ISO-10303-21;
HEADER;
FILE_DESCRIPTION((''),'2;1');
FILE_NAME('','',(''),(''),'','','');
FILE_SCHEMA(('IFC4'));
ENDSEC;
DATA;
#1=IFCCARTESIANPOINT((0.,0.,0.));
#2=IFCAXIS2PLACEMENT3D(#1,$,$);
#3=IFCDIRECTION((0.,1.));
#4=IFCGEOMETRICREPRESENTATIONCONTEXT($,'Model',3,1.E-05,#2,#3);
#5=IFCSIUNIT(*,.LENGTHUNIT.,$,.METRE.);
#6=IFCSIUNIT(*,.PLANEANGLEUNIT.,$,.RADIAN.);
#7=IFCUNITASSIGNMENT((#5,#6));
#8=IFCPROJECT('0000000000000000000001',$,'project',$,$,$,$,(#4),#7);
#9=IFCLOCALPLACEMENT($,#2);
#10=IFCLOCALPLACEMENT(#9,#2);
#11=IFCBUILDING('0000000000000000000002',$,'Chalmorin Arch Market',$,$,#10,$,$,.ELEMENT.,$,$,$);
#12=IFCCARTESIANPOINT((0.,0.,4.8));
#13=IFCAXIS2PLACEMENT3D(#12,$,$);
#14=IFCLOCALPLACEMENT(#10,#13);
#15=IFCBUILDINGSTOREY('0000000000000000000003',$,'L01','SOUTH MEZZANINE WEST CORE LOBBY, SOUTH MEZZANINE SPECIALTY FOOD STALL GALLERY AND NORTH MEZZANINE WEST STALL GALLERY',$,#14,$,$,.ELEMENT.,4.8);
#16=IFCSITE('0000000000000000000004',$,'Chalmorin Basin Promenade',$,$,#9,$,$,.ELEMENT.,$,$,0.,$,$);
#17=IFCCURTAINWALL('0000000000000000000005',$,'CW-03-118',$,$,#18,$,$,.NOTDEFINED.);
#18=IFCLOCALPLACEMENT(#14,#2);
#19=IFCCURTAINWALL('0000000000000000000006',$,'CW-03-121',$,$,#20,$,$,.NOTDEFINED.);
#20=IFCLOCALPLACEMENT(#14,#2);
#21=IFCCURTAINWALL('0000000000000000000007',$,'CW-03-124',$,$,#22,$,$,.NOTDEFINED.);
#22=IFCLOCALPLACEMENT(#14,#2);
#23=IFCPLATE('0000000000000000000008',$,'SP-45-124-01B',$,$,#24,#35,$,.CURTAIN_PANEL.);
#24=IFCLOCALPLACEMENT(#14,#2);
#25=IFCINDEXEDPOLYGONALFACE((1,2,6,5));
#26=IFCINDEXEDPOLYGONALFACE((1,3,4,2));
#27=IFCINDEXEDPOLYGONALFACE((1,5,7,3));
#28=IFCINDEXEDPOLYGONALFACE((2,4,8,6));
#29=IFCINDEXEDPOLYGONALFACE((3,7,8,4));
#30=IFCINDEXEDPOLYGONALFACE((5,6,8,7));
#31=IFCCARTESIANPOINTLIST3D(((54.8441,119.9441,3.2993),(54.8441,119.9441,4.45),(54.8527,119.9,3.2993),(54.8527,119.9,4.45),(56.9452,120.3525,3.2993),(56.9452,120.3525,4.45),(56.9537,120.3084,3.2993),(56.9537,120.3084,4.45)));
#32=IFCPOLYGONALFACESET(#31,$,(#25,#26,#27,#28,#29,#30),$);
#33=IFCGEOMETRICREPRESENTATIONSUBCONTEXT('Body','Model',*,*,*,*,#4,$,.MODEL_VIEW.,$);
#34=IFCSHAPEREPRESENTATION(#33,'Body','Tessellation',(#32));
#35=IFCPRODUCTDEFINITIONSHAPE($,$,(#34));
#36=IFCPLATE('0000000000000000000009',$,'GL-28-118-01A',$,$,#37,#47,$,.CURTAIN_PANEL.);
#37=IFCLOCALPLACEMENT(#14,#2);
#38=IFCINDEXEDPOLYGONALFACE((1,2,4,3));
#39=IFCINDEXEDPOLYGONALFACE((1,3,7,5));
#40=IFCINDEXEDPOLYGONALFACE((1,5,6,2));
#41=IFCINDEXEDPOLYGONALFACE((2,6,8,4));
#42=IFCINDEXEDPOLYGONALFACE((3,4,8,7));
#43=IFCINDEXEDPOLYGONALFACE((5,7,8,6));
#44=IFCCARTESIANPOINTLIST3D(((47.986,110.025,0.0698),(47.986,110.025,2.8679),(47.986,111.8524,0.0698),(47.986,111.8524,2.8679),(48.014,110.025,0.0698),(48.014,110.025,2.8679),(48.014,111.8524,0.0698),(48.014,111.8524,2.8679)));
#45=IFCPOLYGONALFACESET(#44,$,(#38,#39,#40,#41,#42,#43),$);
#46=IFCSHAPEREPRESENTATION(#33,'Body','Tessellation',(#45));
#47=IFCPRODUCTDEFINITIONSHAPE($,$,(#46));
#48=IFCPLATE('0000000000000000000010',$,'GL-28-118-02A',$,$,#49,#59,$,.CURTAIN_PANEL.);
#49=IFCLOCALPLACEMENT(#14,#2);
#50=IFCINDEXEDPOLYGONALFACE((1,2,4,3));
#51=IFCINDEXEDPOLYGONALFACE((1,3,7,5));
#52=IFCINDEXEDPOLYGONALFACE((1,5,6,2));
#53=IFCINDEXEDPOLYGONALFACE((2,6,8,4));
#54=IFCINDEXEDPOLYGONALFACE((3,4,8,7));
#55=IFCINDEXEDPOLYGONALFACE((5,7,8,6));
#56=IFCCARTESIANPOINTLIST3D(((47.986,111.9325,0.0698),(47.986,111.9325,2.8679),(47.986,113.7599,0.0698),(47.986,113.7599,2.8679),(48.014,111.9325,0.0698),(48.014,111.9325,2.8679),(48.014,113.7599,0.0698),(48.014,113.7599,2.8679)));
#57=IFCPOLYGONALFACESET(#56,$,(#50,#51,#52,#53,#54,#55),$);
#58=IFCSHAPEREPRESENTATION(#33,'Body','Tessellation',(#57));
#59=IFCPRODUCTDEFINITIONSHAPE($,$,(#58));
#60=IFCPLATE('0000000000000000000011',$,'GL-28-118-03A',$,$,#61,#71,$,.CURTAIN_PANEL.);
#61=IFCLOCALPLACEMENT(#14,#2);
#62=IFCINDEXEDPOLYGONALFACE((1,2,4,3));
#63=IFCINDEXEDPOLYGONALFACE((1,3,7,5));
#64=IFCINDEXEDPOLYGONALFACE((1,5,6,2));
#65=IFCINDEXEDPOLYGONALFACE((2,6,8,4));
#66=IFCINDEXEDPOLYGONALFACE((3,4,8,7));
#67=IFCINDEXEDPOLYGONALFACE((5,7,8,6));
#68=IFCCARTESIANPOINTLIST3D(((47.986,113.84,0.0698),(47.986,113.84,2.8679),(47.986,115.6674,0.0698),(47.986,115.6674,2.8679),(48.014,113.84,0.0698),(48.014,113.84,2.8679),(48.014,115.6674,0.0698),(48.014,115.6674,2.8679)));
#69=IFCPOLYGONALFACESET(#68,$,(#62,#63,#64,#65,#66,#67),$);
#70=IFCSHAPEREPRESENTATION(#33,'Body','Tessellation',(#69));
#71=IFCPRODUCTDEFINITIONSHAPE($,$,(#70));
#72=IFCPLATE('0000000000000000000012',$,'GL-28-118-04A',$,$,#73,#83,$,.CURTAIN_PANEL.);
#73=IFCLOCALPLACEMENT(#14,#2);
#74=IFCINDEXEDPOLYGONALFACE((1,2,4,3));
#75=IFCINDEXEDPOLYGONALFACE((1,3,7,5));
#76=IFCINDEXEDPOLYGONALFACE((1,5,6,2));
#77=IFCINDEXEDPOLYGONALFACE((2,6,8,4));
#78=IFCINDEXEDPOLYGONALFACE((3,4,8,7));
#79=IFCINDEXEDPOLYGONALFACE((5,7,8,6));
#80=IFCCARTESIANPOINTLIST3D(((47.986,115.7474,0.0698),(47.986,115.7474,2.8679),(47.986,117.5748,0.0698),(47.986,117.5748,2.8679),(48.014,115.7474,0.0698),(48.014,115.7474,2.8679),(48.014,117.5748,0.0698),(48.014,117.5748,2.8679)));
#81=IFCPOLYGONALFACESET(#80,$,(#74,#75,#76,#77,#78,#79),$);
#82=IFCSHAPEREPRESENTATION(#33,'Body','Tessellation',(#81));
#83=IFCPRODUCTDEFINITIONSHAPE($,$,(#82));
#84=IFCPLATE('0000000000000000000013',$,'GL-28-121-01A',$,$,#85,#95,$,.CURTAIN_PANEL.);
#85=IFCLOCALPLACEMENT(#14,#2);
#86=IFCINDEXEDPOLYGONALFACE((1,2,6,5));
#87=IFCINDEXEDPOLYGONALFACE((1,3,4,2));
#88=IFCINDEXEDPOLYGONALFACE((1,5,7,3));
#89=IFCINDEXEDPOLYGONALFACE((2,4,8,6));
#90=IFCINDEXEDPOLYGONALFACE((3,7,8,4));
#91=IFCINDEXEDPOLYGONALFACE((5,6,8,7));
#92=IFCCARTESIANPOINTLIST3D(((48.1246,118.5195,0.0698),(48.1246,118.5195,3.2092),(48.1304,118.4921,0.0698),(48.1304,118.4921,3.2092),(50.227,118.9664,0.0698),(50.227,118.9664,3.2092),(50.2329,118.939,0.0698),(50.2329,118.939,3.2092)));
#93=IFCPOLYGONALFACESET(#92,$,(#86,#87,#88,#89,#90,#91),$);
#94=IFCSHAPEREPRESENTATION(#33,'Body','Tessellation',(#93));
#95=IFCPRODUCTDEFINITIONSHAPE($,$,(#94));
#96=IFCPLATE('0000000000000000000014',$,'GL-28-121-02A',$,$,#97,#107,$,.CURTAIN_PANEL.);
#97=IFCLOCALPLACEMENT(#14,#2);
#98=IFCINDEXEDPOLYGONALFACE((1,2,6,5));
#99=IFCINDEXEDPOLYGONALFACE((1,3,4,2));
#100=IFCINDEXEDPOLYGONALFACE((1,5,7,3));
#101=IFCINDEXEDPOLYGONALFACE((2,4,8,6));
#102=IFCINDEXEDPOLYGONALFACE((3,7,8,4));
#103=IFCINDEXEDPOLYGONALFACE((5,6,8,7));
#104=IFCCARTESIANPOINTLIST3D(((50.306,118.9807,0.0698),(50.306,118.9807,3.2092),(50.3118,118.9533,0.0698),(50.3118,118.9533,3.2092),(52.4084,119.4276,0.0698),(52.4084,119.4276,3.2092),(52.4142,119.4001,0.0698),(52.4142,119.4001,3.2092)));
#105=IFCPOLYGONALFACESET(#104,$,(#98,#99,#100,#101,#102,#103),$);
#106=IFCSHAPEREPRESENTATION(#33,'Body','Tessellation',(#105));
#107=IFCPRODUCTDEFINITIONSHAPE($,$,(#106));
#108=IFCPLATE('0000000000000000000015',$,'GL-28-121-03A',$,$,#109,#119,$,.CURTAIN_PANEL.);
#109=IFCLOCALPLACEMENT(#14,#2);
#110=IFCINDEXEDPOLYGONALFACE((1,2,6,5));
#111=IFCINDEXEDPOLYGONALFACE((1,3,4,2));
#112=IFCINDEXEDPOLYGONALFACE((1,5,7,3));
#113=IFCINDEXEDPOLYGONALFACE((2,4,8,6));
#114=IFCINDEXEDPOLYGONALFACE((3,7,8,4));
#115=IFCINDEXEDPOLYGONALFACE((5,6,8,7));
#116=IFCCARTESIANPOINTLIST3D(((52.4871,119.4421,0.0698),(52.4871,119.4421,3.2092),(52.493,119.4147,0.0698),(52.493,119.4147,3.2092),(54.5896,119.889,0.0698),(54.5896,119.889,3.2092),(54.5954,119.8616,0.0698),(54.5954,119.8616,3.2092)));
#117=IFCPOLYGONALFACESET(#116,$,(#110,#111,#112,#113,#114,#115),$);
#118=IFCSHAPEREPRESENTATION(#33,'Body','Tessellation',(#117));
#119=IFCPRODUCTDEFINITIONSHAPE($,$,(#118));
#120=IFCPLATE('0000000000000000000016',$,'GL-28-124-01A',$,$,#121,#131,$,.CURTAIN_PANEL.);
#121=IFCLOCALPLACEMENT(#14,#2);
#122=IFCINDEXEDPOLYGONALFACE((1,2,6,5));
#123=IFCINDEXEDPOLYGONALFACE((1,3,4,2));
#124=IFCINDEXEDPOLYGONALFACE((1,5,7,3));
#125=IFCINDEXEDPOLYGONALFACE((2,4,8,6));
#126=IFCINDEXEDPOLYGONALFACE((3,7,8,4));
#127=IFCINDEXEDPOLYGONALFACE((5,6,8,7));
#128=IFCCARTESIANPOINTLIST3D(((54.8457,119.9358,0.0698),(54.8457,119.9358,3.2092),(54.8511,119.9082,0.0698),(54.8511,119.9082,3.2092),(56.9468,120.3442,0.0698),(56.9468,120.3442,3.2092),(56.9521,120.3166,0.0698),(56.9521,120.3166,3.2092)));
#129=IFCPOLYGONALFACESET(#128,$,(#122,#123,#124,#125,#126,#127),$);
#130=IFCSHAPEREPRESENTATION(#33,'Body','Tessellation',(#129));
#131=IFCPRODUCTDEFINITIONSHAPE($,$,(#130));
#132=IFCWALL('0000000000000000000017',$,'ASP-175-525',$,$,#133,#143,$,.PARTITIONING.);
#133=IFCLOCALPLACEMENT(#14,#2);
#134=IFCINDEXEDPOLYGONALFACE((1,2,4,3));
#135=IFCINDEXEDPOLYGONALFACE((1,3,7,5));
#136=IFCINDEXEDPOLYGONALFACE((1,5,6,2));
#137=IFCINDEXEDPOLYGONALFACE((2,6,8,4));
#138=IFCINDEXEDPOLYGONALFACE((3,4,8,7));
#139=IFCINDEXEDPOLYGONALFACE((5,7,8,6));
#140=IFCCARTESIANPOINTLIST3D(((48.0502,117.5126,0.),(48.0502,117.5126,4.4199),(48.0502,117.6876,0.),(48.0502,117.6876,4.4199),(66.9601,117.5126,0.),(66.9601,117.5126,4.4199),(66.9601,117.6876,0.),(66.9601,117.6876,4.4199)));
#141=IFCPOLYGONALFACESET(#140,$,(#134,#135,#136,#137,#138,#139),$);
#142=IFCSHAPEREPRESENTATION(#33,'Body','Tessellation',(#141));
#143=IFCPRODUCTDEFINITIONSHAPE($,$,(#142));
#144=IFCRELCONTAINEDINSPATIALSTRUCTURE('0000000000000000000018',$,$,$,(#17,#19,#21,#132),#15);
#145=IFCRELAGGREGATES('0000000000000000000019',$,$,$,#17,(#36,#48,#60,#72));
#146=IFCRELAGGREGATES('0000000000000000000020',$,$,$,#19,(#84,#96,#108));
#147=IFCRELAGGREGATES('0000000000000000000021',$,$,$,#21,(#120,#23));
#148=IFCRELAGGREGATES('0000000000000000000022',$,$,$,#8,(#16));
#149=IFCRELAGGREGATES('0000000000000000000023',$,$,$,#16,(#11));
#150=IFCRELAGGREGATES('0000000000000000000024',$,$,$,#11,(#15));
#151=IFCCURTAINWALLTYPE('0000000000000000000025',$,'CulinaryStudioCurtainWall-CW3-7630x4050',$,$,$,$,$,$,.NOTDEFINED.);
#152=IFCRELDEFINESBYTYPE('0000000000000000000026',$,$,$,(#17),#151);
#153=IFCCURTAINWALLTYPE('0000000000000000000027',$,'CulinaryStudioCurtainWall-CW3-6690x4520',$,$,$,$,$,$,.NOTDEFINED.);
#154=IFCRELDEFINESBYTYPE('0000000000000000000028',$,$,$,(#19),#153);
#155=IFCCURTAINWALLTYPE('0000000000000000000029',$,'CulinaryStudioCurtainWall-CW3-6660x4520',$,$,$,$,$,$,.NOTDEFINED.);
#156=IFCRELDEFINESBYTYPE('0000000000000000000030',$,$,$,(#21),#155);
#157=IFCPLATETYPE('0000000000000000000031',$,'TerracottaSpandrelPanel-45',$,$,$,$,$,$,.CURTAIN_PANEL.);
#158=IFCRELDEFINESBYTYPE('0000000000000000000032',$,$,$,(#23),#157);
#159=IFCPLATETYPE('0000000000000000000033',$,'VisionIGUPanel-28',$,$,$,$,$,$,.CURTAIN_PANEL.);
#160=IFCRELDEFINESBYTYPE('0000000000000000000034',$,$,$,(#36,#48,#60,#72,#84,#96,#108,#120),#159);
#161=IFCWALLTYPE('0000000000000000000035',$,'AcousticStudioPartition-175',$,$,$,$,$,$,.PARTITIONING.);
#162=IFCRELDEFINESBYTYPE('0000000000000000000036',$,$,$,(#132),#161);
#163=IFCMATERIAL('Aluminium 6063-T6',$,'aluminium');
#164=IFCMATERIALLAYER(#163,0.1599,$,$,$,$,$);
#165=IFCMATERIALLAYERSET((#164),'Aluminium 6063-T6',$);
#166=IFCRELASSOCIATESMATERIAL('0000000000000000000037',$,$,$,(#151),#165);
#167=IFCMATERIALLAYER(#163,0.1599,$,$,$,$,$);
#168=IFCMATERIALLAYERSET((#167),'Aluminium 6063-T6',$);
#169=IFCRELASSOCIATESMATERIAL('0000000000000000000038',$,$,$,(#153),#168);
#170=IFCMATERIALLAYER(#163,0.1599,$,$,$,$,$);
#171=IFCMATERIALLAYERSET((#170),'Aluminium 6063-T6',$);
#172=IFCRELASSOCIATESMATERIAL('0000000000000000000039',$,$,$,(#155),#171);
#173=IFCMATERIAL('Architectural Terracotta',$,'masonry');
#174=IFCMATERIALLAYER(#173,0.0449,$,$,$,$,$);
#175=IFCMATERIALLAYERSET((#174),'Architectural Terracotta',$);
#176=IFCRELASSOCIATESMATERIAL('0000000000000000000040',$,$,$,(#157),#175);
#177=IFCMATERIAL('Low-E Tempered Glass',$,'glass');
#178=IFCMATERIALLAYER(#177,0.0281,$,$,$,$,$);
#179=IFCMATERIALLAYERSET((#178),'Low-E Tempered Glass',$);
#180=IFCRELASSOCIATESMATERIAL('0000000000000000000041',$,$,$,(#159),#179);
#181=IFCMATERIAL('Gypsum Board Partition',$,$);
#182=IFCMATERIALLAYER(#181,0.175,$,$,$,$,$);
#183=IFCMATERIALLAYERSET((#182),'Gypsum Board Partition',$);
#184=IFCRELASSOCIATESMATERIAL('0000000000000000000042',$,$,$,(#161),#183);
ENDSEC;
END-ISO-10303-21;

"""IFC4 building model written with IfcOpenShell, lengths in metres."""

from ifc_helpers import new_model, si_unit, direction, frame, frame_2d, origin, origin_2d, place, context, subcontext, project, spatial, rectangle, extrude, material, layer, layer_set, type_object, element, aggregate, save


model = new_model("IFC4")

# Units and contexts
model_context = context("Model", 3, precision=1e-05, world=origin(), true_north=direction((0.0, 1.0)))
body_context = subcontext(model_context, "Body", "Model", "MODEL_VIEW")
ifc_project = project(units=[si_unit("LENGTHUNIT", "METRE"), si_unit("PLANEANGLEUNIT", "RADIAN")], contexts=[model_context])

# Site, building, storey
site_placement = place(None, origin())
site = spatial("IfcSite", under=ifc_project, at=site_placement, Name="Chalmorin Basin Promenade", CompositionType="ELEMENT", RefElevation=0.0)
building_placement = place(site_placement, origin())
building = spatial("IfcBuilding", under=site, at=building_placement, Name="Chalmorin Arch Market", CompositionType="ELEMENT")
storey_placement = place(building_placement, frame((0.0, 0.0, 4.8)))
storey = spatial("IfcBuildingStorey", under=building, at=storey_placement, Name="L01", Description="SOUTH MEZZANINE WEST CORE LOBBY, SOUTH MEZZANINE SPECIALTY FOOD STALL GALLERY AND NORTH MEZZANINE WEST STALL GALLERY", CompositionType="ELEMENT", Elevation=4.8)

# Curtain walls
ifc_material_1 = material(Name="Aluminium 6063-T6", Category="aluminium")
ifc_layer_1 = layer(ifc_material_1, 0.1599)
ifc_layer_set_1 = layer_set([ifc_layer_1], Name="Aluminium 6063-T6")
curtain_wall_type_1 = type_object("IfcCurtainWallType", Name="CulinaryStudioCurtainWall-CW3-7630x4050", PredefinedType="NOTDEFINED", material=ifc_layer_set_1)
curtain_wall_1_placement = place(storey_placement, origin())
curtain_wall_1 = element("IfcCurtainWall", 1, at=curtain_wall_1_placement, inside=storey, type_object=curtain_wall_type_1, Name="CW-03-118", PredefinedType="NOTDEFINED")
ifc_layer_2 = layer(ifc_material_1, 0.1599)
ifc_layer_set_2 = layer_set([ifc_layer_2], Name="Aluminium 6063-T6")
curtain_wall_type_2 = type_object("IfcCurtainWallType", Name="CulinaryStudioCurtainWall-CW3-6690x4520", PredefinedType="NOTDEFINED", material=ifc_layer_set_2)
curtain_wall_2_placement = place(storey_placement, origin())
curtain_wall_2 = element("IfcCurtainWall", 2, at=curtain_wall_2_placement, inside=storey, type_object=curtain_wall_type_2, Name="CW-03-121", PredefinedType="NOTDEFINED")

# Curtain wall
ifc_layer_3 = layer(ifc_material_1, 0.1599)
ifc_layer_set_3 = layer_set([ifc_layer_3], Name="Aluminium 6063-T6")
curtain_wall_type_3 = type_object("IfcCurtainWallType", Name="CulinaryStudioCurtainWall-CW3-6660x4520", PredefinedType="NOTDEFINED", material=ifc_layer_set_3)
curtain_wall_3_placement = place(storey_placement, origin())
curtain_wall_3 = element("IfcCurtainWall", 3, at=curtain_wall_3_placement, inside=storey, type_object=curtain_wall_type_3, Name="CW-03-124", PredefinedType="NOTDEFINED")

# Plates
ifc_material_2 = material(Name="Architectural Terracotta", Category="masonry")
ifc_layer_4 = layer(ifc_material_2, 0.0449)
ifc_layer_set_4 = layer_set([ifc_layer_4], Name="Architectural Terracotta")
plate_type_1 = type_object("IfcPlateType", Name="TerracottaSpandrelPanel-45", PredefinedType="CURTAIN_PANEL", material=ifc_layer_set_4)
plate_1_placement = place(storey_placement, frame((55.8989, 120.1262, 3.2993), z_axis=(0.0, 0.0, 1.0), x_axis=(0.981627, 0.190809, 0.0)))
plate_1 = element("IfcPlate", 4, at=plate_1_placement, type_object=plate_type_1, Name="SP-45-124-01B", PredefinedType="CURTAIN_PANEL", context=body_context, shape_type="SweptSolid", body=[
    extrude(rectangle(XDim=2.1404, YDim=0.0449, at=origin_2d()), origin(), (0.0, 0.0, 1.0), 1.1506),
])
ifc_material_3 = material(Name="Low-E Tempered Glass", Category="glass")
ifc_layer_5 = layer(ifc_material_3, 0.0281)
ifc_layer_set_5 = layer_set([ifc_layer_5], Name="Low-E Tempered Glass")
plate_type_2 = type_object("IfcPlateType", Name="VisionIGUPanel-28", PredefinedType="CURTAIN_PANEL", material=ifc_layer_set_5)
plate_2_placement = place(storey_placement, frame((48.0, 110.9387, 0.0698), z_axis=(0.0, 0.0, 1.0), x_axis=(0.0, 1.0, 0.0)))
plate_2 = element("IfcPlate", 5, at=plate_2_placement, type_object=plate_type_2, Name="GL-28-118-01A", PredefinedType="CURTAIN_PANEL", context=body_context, shape_type="SweptSolid", body=[
    extrude(rectangle(XDim=1.8274, YDim=0.0281, at=origin_2d()), origin(), (0.0, 0.0, 1.0), 2.7981),
])
plate_3_placement = place(storey_placement, frame((48.0, 112.8462, 0.0698), z_axis=(0.0, 0.0, 1.0), x_axis=(0.0, 1.0, 0.0)))
plate_3 = element("IfcPlate", 6, at=plate_3_placement, type_object=plate_type_2, Name="GL-28-118-02A", PredefinedType="CURTAIN_PANEL", context=body_context, shape_type="SweptSolid", body=[
    extrude(rectangle(XDim=1.8274, YDim=0.0281, at=origin_2d()), origin(), (0.0, 0.0, 1.0), 2.7981),
])
plate_4_placement = place(storey_placement, frame((48.0, 114.7537, 0.0698), z_axis=(0.0, 0.0, 1.0), x_axis=(0.0, 1.0, 0.0)))
plate_4 = element("IfcPlate", 7, at=plate_4_placement, type_object=plate_type_2, Name="GL-28-118-03A", PredefinedType="CURTAIN_PANEL", context=body_context, shape_type="SweptSolid", body=[
    extrude(rectangle(XDim=1.8274, YDim=0.0281, at=origin_2d()), origin(), (0.0, 0.0, 1.0), 2.7981),
])
plate_5_placement = place(storey_placement, frame((48.0, 116.6611, 0.0698), z_axis=(0.0, 0.0, 1.0), x_axis=(0.0, 1.0, 0.0)))
plate_5 = element("IfcPlate", 8, at=plate_5_placement, type_object=plate_type_2, Name="GL-28-118-04A", PredefinedType="CURTAIN_PANEL", context=body_context, shape_type="SweptSolid", body=[
    extrude(rectangle(XDim=1.8274, YDim=0.0281, at=origin_2d()), origin(), (0.0, 0.0, 1.0), 2.7981),
])
aggregate(curtain_wall_1, [plate_2, plate_3, plate_4, plate_5])
plate_6_placement = place(storey_placement, frame((49.1787, 118.7292, 0.0698), z_axis=(0.0, 0.0, 1.0), x_axis=(0.978148, 0.207912, 0.0)))
plate_6 = element("IfcPlate", 9, at=plate_6_placement, type_object=plate_type_2, Name="GL-28-121-01A", PredefinedType="CURTAIN_PANEL", context=body_context, shape_type="SweptSolid", body=[
    extrude(rectangle(XDim=2.1494, YDim=0.0281, at=origin_2d()), origin(), (0.0, 0.0, 1.0), 3.1394),
])
plate_7_placement = place(storey_placement, frame((51.3601, 119.1904, 0.0698), z_axis=(0.0, 0.0, 1.0), x_axis=(0.978148, 0.207912, 0.0)))
plate_7 = element("IfcPlate", 10, at=plate_7_placement, type_object=plate_type_2, Name="GL-28-121-02A", PredefinedType="CURTAIN_PANEL", context=body_context, shape_type="SweptSolid", body=[
    extrude(rectangle(XDim=2.1494, YDim=0.0281, at=origin_2d()), origin(), (0.0, 0.0, 1.0), 3.1394),
])
plate_8_placement = place(storey_placement, frame((53.5413, 119.6519, 0.0698), z_axis=(0.0, 0.0, 1.0), x_axis=(0.978148, 0.207912, 0.0)))
plate_8 = element("IfcPlate", 11, at=plate_8_placement, type_object=plate_type_2, Name="GL-28-121-03A", PredefinedType="CURTAIN_PANEL", context=body_context, shape_type="SweptSolid", body=[
    extrude(rectangle(XDim=2.1494, YDim=0.0281, at=origin_2d()), origin(), (0.0, 0.0, 1.0), 3.1394),
])
aggregate(curtain_wall_2, [plate_6, plate_7, plate_8])
plate_9_placement = place(storey_placement, frame((55.8989, 120.1262, 0.0698), z_axis=(0.0, 0.0, 1.0), x_axis=(0.981627, 0.190809, 0.0)))
plate_9 = element("IfcPlate", 12, at=plate_9_placement, type_object=plate_type_2, Name="GL-28-124-01A", PredefinedType="CURTAIN_PANEL", context=body_context, shape_type="SweptSolid", body=[
    extrude(rectangle(XDim=2.1404, YDim=0.0281, at=origin_2d()), origin(), (0.0, 0.0, 1.0), 3.1394),
])
aggregate(curtain_wall_3, [plate_9, plate_1])

# Wall
ifc_material_4 = material(Name="Gypsum Board Partition")
ifc_layer_6 = layer(ifc_material_4, 0.175)
ifc_layer_set_6 = layer_set([ifc_layer_6], Name="Gypsum Board Partition")
wall_type = type_object("IfcWallType", Name="AcousticStudioPartition-175", PredefinedType="PARTITIONING", material=ifc_layer_set_6)
wall_placement = place(storey_placement, frame((48.05, 117.6001, 0.0), z_axis=(0.0, 0.0, 1.0), x_axis=(1.0, 0.0, 0.0)))
element("IfcWall", 13, at=wall_placement, inside=storey, type_object=wall_type, Name="ASP-175-525", PredefinedType="PARTITIONING", context=body_context, shape_type="SweptSolid", body=[
    extrude(rectangle(XDim=18.9099, YDim=0.175, at=frame_2d((9.4551, 0.0))), origin(), (0.0, 0.0, 1.0), 4.4199),
])

save(model, "model.ifc")
